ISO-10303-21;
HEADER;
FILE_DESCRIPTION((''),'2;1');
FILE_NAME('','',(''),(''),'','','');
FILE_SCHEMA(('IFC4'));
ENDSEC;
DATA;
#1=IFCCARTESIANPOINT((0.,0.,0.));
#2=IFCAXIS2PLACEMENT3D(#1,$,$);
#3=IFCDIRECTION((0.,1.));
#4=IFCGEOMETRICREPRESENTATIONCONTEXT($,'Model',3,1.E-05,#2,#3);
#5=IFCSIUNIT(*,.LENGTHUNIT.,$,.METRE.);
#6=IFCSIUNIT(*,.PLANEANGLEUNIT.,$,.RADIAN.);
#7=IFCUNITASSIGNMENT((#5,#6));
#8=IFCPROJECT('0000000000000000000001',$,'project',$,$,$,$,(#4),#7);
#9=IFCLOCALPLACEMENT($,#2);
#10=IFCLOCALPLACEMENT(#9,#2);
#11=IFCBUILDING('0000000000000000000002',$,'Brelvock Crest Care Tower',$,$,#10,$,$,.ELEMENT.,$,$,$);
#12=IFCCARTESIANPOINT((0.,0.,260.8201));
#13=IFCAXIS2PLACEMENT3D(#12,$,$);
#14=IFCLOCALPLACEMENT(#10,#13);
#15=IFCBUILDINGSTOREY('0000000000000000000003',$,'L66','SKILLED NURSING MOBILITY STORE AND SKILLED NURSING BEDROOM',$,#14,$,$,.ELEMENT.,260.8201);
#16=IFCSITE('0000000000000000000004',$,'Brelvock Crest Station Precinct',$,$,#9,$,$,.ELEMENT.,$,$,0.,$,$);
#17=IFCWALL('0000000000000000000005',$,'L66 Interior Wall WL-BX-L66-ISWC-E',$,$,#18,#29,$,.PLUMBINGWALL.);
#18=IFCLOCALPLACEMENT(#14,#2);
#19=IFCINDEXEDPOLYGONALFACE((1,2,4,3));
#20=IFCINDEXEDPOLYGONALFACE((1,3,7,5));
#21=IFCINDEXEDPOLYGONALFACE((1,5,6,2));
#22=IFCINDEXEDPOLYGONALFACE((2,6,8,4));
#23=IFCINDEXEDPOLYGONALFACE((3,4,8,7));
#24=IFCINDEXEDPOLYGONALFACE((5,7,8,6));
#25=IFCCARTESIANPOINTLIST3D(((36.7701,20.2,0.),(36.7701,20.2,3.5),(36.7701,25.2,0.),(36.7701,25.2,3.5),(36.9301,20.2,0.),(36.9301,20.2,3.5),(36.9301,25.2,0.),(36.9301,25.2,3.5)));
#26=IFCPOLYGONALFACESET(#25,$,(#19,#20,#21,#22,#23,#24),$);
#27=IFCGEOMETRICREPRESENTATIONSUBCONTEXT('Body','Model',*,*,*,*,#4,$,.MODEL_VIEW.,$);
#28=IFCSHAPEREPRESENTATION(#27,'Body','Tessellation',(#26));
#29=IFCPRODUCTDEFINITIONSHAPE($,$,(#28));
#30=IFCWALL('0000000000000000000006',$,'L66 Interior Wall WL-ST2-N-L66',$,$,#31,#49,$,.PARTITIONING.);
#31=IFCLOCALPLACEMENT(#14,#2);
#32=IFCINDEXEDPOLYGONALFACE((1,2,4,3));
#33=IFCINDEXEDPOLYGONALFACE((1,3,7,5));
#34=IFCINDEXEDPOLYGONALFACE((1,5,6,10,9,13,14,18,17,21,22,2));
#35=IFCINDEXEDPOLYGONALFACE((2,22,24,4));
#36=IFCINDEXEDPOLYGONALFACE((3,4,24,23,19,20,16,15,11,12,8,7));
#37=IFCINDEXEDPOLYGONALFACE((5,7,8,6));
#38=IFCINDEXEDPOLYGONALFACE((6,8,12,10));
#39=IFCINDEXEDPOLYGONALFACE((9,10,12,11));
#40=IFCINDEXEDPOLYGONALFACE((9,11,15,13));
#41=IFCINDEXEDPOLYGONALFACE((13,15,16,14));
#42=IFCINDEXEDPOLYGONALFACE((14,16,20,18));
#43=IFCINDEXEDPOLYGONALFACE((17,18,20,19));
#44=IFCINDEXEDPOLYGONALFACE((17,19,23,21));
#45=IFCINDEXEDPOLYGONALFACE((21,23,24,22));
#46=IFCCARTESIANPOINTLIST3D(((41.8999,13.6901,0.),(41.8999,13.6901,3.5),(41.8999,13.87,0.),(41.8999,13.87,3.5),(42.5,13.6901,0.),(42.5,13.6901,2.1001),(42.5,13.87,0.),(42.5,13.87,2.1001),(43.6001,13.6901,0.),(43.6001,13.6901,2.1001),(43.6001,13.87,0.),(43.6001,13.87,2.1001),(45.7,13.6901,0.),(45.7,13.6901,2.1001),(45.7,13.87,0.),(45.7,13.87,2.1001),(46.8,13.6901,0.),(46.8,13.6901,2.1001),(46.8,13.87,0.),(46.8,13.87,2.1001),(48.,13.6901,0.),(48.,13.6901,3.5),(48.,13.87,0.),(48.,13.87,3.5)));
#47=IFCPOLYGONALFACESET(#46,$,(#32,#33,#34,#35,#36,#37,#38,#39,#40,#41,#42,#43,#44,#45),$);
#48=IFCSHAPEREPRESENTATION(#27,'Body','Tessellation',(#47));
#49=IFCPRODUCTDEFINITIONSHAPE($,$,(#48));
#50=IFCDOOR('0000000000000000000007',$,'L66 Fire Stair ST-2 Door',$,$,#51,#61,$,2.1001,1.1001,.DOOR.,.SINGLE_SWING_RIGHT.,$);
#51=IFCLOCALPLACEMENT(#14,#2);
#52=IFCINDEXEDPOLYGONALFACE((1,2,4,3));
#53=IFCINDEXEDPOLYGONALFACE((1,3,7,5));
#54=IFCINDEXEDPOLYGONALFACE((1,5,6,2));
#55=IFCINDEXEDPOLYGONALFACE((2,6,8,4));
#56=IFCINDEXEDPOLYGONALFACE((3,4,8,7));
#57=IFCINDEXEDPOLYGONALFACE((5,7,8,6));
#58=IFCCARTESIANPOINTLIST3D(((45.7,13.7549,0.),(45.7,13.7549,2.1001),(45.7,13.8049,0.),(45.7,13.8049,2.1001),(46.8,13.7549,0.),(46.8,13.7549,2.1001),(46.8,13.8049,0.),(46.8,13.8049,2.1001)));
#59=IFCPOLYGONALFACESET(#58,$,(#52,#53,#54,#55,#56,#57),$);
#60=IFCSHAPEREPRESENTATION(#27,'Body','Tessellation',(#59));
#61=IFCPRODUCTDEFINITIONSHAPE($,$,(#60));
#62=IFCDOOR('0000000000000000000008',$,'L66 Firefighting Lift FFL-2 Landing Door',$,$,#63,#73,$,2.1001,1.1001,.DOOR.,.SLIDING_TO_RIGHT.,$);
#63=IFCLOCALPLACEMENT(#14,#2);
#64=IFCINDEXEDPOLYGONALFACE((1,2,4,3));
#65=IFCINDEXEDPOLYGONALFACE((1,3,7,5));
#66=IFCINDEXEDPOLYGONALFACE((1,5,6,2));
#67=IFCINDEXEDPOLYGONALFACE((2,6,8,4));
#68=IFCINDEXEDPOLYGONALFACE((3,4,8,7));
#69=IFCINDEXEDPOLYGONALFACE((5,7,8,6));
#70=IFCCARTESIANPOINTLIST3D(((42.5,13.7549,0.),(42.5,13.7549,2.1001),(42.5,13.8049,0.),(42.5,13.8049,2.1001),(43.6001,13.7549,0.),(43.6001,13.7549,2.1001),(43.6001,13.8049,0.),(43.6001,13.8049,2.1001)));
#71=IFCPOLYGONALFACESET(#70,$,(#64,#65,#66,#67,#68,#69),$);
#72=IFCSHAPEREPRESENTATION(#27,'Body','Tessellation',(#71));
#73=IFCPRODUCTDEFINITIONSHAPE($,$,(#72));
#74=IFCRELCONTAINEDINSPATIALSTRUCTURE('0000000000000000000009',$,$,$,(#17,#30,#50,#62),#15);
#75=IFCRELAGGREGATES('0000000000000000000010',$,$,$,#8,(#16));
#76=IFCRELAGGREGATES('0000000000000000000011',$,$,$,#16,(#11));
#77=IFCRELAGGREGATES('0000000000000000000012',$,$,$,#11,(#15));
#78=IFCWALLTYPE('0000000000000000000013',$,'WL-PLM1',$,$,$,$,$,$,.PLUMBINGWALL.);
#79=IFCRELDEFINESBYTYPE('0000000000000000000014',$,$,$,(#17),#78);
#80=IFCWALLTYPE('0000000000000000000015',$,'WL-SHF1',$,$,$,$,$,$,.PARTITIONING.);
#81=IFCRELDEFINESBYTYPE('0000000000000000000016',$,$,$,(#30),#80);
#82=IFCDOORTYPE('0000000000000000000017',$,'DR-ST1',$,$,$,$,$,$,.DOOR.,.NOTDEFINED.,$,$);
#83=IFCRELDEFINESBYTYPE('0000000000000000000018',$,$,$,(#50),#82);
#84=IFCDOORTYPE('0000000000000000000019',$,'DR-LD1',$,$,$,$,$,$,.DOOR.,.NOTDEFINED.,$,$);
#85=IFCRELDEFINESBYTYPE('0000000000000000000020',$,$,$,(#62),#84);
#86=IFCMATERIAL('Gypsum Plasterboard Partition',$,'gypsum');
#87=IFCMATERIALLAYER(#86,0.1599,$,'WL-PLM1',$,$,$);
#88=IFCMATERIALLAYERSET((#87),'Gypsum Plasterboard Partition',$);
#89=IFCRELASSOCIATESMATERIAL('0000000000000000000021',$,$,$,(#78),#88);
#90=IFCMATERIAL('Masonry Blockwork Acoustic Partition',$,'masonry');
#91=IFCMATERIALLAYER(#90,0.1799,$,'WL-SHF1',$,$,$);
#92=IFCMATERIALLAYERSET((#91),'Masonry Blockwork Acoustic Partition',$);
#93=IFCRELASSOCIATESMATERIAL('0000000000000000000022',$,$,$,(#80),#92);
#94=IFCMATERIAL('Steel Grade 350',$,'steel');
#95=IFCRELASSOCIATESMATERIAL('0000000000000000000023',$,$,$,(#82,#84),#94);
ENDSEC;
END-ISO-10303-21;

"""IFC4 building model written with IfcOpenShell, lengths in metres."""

from ifc_helpers import new_model, si_unit, direction, frame, frame_2d, origin, origin_2d, place, context, subcontext, project, spatial, rectangle, extrude, source, transform, mapped, material, layer, layer_set, type_object, element, fill, save


model = new_model("IFC4")

# Units and contexts
model_context = context("Model", 3, precision=1e-05, world=origin(), true_north=direction((0.0, 1.0)))
body_context = subcontext(model_context, "Body", "Model", "MODEL_VIEW")
ifc_project = project(units=[si_unit("LENGTHUNIT", "METRE"), si_unit("PLANEANGLEUNIT", "RADIAN")], contexts=[model_context])

# Site, building, storey
site_placement = place(None, origin())
site = spatial("IfcSite", under=ifc_project, at=site_placement, Name="Brelvock Crest Station Precinct", CompositionType="ELEMENT", RefElevation=0.0)
building_placement = place(site_placement, origin())
building = spatial("IfcBuilding", under=site, at=building_placement, Name="Brelvock Crest Care Tower", CompositionType="ELEMENT")
storey_placement = place(building_placement, frame((0.0, 0.0, 260.8201)))
storey = spatial("IfcBuildingStorey", under=building, at=storey_placement, Name="L66", Description="SKILLED NURSING MOBILITY STORE AND SKILLED NURSING BEDROOM", CompositionType="ELEMENT", Elevation=260.8201)

# Shared definitions
ifc_material_1 = material(Name="Steel Grade 350", Category="steel")

# Shared definitions
ifc_material_2 = material(Name="Masonry Blockwork Acoustic Partition", Category="masonry")

# Shared definitions
ifc_material_3 = material(Name="Gypsum Plasterboard Partition", Category="gypsum")
ifc_layer_1 = layer(ifc_material_3, 0.1599, Name="WL-PLM1")
ifc_layer_set_1 = layer_set([ifc_layer_1], Name="Gypsum Plasterboard Partition")
wall_type_1 = type_object("IfcWallType", Name="WL-PLM1", PredefinedType="PLUMBINGWALL", material=ifc_layer_set_1)

# Wall
wall_1_placement = place(storey_placement, frame((36.8501, 20.2, 0.0), z_axis=(0.0, 0.0, 1.0), x_axis=(0.0, 1.0, 0.0)))
element("IfcWall", 1, at=wall_1_placement, inside=storey, type_object=wall_type_1, Name="L66 Interior Wall WL-BX-L66-ISWC-E", PredefinedType="PLUMBINGWALL", context=body_context, shape_type="SweptSolid", body=[
    extrude(rectangle(XDim=5.0, YDim=0.1599, at=frame_2d((2.5, 0.0))), origin(), (0.0, 0.0, 1.0), 3.5),
])

# Wall, openings, doors
ifc_layer_2 = layer(ifc_material_2, 0.1799, Name="WL-SHF1")
ifc_layer_set_2 = layer_set([ifc_layer_2], Name="Masonry Blockwork Acoustic Partition")
wall_type_2 = type_object("IfcWallType", Name="WL-SHF1", PredefinedType="PARTITIONING", material=ifc_layer_set_2)
wall_2_placement = place(storey_placement, frame((41.8999, 13.78, 0.0), z_axis=(0.0, 0.0, 1.0), x_axis=(1.0, 0.0, 0.0)))
wall_2 = element("IfcWall", 2, at=wall_2_placement, inside=storey, type_object=wall_type_2, Name="L66 Interior Wall WL-ST2-N-L66", PredefinedType="PARTITIONING", context=body_context, shape_type="SweptSolid", body=[
    extrude(rectangle(XDim=6.1001, YDim=0.1799, at=frame_2d((3.05, 0.0))), origin(), (0.0, 0.0, 1.0), 3.5),
])
opening_1_placement = place(wall_2_placement, frame((0.6001, 0.0, 0.0)))
opening_1 = element("IfcOpeningElement", 3, at=opening_1_placement, cuts=wall_2, PredefinedType="OPENING", context=body_context, shape_type="SweptSolid", body=[
    extrude(rectangle(XDim=1.1001, YDim=2.1001, at=origin_2d()), frame((0.55, 0.1001, 1.05), z_axis=(0.0, -1.0, 0.0), x_axis=(1.0, 0.0, 0.0)), (0.0, 0.0, 1.0), 0.2),
])
opening_2_placement = place(wall_2_placement, frame((3.8, 0.0, 0.0)))
opening_2 = element("IfcOpeningElement", 4, at=opening_2_placement, cuts=wall_2, PredefinedType="OPENING", context=body_context, shape_type="SweptSolid", body=[
    extrude(rectangle(XDim=1.1001, YDim=2.1001, at=origin_2d()), frame((0.55, 0.1001, 1.05), z_axis=(0.0, -1.0, 0.0), x_axis=(1.0, 0.0, 0.0)), (0.0, 0.0, 1.0), 0.2),
])
door_type_1 = type_object("IfcDoorType", Name="DR-ST1", OperationType="NOTDEFINED", PredefinedType="DOOR", material=ifc_material_1)
shared_shape_1 = source(origin(), body_context, "Body", "SweptSolid", [
    extrude(rectangle(XDim=1.1001, YDim=2.1001, at=origin_2d()), frame((0.55, 0.0249, 1.05), z_axis=(0.0, -1.0, 0.0), x_axis=(1.0, 0.0, 0.0)), (0.0, 0.0, 1.0), 0.05),
])
door_1_placement = place(opening_2_placement, origin())
door_1 = element("IfcDoor", 5, at=door_1_placement, inside=storey, type_object=door_type_1, Name="L66 Fire Stair ST-2 Door", OperationType="SINGLE_SWING_RIGHT", OverallHeight=2.1001, OverallWidth=1.1001, PredefinedType="DOOR", context=body_context, shape_type="MappedRepresentation", body=[
    mapped(shared_shape_1, transform((0.0, 0.0, 0.0), x_axis=(1.0, 0.0, 0.0), y_axis=(0.0, 1.0, 0.0), z_axis=(0.0, 0.0, 1.0), scale=1.0)),
])
fill(opening_2, door_1)
door_type_2 = type_object("IfcDoorType", Name="DR-LD1", OperationType="NOTDEFINED", PredefinedType="DOOR", material=ifc_material_1)
shared_shape_2 = source(origin(), body_context, "Body", "SweptSolid", [
    extrude(rectangle(XDim=1.1001, YDim=2.1001, at=origin_2d()), frame((0.55, 0.0249, 1.05), z_axis=(0.0, -1.0, 0.0), x_axis=(1.0, 0.0, 0.0)), (0.0, 0.0, 1.0), 0.05),
])
door_2_placement = place(opening_1_placement, origin())
door_2 = element("IfcDoor", 6, at=door_2_placement, inside=storey, type_object=door_type_2, Name="L66 Firefighting Lift FFL-2 Landing Door", OperationType="SLIDING_TO_RIGHT", OverallHeight=2.1001, OverallWidth=1.1001, PredefinedType="DOOR", context=body_context, shape_type="MappedRepresentation", body=[
    mapped(shared_shape_2, transform((0.0, 0.0, 0.0), x_axis=(1.0, 0.0, 0.0), y_axis=(0.0, 1.0, 0.0), z_axis=(0.0, 0.0, 1.0), scale=1.0)),
])
fill(opening_1, door_2)

save(model, "model.ifc")
